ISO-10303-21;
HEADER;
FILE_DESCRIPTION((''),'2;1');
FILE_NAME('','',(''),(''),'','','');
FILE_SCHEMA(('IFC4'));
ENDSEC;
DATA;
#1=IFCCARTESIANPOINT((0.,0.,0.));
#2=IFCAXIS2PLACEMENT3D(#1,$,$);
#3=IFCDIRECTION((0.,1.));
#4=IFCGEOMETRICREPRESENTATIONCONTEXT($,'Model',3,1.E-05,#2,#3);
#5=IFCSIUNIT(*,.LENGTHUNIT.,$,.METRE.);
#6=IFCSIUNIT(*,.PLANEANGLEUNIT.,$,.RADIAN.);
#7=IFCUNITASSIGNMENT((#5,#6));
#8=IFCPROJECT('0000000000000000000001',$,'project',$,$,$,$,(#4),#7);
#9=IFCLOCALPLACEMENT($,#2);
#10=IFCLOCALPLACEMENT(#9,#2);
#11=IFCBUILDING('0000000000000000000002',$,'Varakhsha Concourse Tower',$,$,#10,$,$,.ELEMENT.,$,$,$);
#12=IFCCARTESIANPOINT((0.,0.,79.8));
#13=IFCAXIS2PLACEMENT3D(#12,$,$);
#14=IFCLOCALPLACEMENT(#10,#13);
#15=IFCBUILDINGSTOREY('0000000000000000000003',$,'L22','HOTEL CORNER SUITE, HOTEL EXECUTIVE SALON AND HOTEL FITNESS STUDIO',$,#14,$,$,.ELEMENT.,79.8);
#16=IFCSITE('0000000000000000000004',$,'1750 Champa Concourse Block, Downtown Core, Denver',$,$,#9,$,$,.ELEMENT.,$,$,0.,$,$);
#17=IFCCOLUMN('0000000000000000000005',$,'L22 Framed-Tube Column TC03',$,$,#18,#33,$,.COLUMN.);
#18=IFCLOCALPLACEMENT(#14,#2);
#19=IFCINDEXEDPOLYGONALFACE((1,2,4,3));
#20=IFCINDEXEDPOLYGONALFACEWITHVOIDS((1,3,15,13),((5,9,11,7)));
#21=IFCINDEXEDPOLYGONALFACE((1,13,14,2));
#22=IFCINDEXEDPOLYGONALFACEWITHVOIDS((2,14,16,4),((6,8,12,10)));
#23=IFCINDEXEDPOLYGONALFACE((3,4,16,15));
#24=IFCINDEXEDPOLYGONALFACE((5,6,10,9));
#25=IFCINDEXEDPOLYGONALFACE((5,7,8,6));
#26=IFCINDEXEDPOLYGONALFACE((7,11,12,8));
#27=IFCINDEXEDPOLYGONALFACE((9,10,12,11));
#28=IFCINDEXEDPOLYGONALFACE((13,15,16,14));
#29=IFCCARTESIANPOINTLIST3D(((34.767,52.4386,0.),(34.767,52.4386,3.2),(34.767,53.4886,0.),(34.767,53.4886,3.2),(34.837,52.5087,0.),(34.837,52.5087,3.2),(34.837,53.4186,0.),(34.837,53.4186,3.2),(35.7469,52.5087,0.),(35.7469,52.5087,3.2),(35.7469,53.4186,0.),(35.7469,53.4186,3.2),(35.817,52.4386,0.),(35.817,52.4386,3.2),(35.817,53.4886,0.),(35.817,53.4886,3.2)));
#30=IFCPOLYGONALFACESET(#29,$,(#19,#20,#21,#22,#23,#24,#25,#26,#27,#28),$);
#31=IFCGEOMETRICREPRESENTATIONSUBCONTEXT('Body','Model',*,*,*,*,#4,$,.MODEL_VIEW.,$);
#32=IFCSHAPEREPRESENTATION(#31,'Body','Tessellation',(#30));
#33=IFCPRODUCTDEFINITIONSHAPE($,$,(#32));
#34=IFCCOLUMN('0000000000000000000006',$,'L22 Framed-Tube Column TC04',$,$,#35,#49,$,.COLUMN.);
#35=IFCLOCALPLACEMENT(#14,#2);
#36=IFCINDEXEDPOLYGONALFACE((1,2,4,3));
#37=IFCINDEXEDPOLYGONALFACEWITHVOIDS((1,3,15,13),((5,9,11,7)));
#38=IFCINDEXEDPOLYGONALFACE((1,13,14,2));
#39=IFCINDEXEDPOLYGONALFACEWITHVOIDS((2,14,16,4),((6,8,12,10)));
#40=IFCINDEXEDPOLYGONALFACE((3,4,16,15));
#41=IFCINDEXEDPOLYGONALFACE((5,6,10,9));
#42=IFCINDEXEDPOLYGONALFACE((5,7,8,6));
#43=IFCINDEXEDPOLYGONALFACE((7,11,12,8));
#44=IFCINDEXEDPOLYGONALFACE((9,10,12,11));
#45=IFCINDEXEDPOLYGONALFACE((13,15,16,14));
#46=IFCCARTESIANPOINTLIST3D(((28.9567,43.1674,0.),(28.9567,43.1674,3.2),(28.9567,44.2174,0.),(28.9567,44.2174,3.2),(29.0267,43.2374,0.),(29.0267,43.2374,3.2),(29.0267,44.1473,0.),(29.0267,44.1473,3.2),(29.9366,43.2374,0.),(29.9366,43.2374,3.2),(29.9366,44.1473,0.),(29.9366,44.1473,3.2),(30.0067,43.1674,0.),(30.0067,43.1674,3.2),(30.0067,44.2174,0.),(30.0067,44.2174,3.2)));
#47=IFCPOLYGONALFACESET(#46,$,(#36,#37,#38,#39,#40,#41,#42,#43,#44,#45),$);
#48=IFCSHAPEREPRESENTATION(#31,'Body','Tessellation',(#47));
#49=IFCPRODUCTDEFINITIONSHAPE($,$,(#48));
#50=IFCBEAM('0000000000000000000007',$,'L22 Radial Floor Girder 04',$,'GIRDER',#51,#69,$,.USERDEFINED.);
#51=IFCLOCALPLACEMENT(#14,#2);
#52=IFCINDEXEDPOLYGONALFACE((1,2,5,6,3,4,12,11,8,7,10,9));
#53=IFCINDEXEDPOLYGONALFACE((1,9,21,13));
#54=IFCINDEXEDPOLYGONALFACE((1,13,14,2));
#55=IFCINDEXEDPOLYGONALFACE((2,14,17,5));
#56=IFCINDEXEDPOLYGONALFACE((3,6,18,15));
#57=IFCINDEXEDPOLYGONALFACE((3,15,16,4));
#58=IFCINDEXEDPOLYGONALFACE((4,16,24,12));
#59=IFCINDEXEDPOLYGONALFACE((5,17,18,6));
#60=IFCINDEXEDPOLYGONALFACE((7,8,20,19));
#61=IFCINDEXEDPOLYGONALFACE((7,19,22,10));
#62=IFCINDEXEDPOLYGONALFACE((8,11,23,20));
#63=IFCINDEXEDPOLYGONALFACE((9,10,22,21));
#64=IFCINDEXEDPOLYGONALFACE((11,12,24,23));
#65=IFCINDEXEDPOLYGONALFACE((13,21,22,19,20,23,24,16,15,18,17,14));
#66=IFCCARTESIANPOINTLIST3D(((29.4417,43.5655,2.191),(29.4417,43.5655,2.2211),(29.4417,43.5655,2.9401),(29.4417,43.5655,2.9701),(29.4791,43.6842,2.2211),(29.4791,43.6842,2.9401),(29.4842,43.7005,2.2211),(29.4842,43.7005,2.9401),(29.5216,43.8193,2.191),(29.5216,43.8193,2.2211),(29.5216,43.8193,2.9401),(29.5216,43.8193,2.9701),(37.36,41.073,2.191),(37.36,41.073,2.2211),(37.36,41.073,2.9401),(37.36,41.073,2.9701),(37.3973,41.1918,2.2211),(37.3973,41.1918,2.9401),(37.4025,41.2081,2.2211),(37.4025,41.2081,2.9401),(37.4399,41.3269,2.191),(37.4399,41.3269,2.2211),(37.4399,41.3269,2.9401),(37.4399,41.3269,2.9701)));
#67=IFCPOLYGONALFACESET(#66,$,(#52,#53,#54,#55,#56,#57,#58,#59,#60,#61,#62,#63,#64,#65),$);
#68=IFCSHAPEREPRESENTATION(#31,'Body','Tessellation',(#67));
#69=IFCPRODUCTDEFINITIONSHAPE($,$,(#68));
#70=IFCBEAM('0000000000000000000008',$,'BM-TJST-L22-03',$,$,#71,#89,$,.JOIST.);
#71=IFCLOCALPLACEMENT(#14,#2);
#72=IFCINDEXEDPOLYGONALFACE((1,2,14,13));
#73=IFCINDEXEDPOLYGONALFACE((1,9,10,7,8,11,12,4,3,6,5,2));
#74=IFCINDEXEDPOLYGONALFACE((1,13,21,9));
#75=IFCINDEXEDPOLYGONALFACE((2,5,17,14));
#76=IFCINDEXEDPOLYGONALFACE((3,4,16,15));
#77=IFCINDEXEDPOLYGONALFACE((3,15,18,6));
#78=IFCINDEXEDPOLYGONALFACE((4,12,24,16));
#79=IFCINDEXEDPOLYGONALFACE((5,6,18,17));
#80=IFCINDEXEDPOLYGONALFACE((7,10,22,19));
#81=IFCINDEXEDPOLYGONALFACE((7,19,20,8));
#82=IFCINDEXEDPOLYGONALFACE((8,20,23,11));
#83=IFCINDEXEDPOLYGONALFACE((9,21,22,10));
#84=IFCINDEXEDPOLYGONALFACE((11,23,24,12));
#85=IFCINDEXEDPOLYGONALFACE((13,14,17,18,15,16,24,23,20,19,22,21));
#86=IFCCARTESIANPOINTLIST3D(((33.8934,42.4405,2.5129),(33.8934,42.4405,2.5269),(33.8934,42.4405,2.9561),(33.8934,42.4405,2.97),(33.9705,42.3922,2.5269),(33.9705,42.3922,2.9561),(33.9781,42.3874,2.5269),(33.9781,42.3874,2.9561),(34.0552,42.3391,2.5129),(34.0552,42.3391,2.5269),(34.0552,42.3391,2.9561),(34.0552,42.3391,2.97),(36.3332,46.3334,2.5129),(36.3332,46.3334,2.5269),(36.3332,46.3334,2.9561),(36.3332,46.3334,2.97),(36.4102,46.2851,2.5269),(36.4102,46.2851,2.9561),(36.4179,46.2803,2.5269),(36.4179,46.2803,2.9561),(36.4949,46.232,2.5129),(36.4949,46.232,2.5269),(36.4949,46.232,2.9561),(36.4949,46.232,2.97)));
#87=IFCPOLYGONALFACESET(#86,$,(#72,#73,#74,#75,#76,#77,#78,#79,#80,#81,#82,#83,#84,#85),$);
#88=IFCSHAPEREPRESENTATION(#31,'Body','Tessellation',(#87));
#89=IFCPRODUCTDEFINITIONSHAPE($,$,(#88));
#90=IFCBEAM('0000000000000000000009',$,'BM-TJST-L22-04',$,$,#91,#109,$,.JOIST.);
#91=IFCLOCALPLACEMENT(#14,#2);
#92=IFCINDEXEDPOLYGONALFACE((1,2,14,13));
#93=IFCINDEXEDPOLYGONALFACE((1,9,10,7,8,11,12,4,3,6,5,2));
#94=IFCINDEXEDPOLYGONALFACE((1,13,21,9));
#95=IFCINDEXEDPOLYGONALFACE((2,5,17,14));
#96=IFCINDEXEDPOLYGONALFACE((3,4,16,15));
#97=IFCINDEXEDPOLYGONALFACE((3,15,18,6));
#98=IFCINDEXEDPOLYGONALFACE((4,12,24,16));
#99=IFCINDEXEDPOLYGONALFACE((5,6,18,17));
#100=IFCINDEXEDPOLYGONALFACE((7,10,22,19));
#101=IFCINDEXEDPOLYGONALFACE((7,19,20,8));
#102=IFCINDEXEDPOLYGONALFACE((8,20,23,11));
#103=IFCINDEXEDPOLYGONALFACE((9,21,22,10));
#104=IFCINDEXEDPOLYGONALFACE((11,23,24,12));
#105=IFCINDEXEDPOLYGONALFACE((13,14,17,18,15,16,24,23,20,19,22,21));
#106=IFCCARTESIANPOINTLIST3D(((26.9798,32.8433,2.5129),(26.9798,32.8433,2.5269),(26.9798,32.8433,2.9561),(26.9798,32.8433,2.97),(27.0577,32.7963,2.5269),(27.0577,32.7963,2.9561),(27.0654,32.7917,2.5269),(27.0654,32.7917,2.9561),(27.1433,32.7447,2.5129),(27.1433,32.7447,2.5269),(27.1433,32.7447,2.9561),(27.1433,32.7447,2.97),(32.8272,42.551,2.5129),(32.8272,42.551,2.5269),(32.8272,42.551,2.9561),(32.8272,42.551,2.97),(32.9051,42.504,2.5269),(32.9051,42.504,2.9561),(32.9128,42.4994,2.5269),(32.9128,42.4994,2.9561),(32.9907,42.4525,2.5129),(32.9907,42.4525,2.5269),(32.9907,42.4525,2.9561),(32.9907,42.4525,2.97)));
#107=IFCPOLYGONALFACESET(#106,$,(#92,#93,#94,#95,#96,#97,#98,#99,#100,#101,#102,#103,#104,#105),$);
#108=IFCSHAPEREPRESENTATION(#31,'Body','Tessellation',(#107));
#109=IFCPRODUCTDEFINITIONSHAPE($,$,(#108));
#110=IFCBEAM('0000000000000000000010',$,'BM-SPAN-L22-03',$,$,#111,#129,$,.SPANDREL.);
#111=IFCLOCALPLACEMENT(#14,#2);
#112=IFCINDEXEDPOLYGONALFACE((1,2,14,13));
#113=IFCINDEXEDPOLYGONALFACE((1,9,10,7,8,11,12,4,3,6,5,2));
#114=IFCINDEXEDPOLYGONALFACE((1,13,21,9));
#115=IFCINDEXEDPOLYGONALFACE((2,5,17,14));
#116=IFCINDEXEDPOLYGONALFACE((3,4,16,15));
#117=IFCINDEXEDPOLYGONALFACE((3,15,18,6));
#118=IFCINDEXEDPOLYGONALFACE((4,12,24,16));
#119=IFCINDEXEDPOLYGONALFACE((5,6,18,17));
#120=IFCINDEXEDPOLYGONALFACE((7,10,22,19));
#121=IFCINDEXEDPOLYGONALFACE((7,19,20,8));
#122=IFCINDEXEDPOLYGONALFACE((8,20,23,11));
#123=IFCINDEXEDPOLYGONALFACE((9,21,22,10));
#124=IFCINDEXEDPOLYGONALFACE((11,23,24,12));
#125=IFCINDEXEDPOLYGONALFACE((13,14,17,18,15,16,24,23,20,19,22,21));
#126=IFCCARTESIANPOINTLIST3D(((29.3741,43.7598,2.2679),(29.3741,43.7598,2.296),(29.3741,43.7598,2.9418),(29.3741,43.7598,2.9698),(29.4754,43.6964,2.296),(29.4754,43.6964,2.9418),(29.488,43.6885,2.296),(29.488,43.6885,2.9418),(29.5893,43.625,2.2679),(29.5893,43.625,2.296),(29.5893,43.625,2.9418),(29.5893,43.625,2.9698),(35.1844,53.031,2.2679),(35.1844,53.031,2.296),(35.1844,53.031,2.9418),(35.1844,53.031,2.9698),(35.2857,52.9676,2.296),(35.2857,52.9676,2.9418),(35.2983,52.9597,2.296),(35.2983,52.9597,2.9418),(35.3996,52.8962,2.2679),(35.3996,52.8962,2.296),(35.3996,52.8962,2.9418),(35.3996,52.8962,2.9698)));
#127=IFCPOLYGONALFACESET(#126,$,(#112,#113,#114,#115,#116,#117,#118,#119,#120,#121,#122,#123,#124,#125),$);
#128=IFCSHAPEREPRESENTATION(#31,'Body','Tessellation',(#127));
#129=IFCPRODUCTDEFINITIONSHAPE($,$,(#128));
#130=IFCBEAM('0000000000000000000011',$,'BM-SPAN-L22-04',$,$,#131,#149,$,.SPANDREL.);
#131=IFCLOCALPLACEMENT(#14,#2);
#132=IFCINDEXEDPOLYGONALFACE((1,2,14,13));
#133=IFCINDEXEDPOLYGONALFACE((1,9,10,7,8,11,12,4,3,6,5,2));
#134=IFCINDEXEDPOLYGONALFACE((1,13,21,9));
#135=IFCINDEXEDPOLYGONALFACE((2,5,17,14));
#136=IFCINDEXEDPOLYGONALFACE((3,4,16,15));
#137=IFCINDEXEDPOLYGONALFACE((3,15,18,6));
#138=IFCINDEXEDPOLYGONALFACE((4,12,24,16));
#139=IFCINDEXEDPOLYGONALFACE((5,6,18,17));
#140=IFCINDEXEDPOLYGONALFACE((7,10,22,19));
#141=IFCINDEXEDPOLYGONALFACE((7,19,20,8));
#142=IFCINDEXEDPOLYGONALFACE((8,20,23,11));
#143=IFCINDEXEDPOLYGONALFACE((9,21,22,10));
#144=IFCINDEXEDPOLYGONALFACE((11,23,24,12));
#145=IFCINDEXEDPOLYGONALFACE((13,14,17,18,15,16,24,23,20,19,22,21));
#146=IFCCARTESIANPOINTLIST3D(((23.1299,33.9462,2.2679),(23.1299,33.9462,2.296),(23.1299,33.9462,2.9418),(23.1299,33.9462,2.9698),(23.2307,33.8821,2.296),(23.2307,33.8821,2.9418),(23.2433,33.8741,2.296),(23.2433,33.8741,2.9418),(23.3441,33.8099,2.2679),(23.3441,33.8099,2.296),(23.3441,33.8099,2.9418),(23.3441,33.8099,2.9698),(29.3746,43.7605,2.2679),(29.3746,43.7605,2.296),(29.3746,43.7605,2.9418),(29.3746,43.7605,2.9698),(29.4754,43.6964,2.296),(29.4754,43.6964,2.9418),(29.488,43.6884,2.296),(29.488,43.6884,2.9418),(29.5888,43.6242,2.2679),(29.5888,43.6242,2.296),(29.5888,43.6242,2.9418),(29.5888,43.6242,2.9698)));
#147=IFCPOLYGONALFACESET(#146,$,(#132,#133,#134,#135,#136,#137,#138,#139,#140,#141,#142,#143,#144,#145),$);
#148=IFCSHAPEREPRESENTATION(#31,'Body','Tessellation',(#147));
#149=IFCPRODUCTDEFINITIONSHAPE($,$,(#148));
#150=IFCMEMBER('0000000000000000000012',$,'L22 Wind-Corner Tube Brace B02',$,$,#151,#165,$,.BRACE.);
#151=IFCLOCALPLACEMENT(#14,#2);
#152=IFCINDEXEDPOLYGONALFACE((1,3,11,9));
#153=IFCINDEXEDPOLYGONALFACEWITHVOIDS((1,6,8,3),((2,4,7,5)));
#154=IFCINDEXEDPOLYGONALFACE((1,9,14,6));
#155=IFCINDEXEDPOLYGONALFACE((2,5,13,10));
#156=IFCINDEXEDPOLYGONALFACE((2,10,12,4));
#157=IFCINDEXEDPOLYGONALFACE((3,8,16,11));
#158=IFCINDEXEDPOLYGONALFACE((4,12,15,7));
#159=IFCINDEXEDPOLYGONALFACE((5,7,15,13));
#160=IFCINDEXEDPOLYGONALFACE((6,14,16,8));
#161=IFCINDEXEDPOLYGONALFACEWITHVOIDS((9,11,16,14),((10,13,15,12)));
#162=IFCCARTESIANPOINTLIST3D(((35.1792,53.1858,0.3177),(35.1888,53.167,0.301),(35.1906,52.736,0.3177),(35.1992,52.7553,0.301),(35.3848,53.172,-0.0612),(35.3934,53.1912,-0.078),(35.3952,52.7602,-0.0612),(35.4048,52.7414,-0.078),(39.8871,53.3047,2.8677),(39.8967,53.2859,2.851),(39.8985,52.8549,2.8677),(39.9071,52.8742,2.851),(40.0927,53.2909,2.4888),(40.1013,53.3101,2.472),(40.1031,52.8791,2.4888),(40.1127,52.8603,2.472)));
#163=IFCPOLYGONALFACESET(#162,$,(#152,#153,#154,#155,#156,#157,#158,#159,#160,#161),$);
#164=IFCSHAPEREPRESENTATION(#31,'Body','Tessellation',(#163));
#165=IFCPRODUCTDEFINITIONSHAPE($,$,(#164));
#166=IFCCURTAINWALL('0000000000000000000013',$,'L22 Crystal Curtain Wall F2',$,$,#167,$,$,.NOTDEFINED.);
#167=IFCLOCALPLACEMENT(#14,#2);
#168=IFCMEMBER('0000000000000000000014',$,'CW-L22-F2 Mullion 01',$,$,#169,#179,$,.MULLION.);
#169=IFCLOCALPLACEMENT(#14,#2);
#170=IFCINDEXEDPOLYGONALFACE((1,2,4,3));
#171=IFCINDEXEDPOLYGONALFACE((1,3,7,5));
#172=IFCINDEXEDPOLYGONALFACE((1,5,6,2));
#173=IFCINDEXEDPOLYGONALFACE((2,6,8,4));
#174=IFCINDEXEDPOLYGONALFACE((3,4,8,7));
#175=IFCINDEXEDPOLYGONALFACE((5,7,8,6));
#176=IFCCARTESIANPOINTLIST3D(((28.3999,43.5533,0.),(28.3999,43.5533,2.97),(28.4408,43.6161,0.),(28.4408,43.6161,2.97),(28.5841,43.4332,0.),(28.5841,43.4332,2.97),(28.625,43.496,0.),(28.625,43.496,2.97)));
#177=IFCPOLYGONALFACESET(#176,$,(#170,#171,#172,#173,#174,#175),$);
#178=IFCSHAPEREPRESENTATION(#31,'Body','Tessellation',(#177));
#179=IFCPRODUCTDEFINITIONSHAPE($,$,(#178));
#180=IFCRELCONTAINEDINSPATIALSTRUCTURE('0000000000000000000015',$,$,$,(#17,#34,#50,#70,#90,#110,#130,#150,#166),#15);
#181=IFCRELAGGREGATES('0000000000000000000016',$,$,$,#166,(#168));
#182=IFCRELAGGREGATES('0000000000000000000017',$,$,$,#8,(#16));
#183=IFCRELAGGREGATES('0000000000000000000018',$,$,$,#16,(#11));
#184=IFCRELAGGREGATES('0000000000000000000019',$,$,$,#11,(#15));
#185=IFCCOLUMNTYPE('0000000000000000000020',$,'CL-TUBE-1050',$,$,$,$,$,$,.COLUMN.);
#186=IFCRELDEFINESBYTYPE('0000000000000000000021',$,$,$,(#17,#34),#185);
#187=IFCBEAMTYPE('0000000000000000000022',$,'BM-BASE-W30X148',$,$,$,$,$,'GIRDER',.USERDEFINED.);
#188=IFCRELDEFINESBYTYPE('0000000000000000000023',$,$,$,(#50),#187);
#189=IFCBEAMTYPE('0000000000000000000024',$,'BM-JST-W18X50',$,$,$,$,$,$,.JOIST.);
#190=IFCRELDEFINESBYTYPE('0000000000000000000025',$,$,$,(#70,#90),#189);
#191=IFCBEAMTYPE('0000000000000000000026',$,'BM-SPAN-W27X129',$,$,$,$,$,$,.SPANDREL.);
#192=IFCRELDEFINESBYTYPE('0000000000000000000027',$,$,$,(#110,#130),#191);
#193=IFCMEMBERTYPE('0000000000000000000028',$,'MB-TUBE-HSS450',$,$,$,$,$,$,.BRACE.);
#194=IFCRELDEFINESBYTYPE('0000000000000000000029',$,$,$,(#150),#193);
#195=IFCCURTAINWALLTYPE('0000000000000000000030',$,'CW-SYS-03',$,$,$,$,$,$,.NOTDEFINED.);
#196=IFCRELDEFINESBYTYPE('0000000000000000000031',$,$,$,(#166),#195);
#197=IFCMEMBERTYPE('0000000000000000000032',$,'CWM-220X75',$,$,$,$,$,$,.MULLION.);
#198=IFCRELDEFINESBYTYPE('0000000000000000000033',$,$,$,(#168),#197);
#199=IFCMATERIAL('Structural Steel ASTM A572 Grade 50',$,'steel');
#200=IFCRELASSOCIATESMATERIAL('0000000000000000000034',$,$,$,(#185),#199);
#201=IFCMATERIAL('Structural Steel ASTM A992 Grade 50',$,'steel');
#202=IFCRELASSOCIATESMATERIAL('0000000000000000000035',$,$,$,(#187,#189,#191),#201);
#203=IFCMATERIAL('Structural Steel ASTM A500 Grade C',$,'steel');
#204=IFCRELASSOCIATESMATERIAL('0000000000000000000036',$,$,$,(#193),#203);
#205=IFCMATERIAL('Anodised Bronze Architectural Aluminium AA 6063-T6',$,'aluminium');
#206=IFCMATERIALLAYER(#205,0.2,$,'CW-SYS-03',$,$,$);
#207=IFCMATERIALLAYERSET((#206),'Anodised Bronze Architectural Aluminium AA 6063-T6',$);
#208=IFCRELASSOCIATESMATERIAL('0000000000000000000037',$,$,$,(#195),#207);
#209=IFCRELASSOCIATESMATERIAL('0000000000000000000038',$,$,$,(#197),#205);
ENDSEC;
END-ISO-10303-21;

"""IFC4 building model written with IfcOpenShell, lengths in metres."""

from ifc_helpers import new_model, si_unit, direction, frame, origin, origin_2d, place, context, subcontext, project, spatial, rectangle, hollow_rectangle, i_section, extrude, source, transform, mapped, material, layer, layer_set, material_profile, profile_set, type_object, type_shapes, element, aggregate, save


model = new_model("IFC4")

# Units and contexts
model_context = context("Model", 3, precision=1e-05, world=origin(), true_north=direction((0.0, 1.0)))
body_context = subcontext(model_context, "Body", "Model", "MODEL_VIEW")
ifc_project = project(units=[si_unit("LENGTHUNIT", "METRE"), si_unit("PLANEANGLEUNIT", "RADIAN")], contexts=[model_context])

# Site, building, storey
site_placement = place(None, origin())
site = spatial("IfcSite", under=ifc_project, at=site_placement, Name="1750 Champa Concourse Block, Downtown Core, Denver", CompositionType="ELEMENT", RefElevation=0.0)
building_placement = place(site_placement, origin())
building = spatial("IfcBuilding", under=site, at=building_placement, Name="Varakhsha Concourse Tower", CompositionType="ELEMENT")
storey_placement = place(building_placement, frame((0.0, 0.0, 79.8)))
storey = spatial("IfcBuildingStorey", under=building, at=storey_placement, Name="L22", Description="HOTEL CORNER SUITE, HOTEL EXECUTIVE SALON AND HOTEL FITNESS STUDIO", CompositionType="ELEMENT", Elevation=79.8)

# Columns
ifc_material_1 = material(Name="Structural Steel ASTM A572 Grade 50", Category="steel")
ifc_material_profile_1 = material_profile(ifc_material_1, hollow_rectangle(XDim=1.05, YDim=1.05, WallThickness=0.0701, at=origin_2d()), Name="BOX 1050x1050x70")
ifc_profile_set_1 = profile_set([ifc_material_profile_1], Name="Structural Steel ASTM A572 Grade 50")
column_type = type_object("IfcColumnType", Name="CL-TUBE-1050", PredefinedType="COLUMN", material=ifc_profile_set_1)
for number, where, z_axis, x_axis, name in (
    (1, (35.292, 52.9636, 0.0), (0.0, 0.0, 1.0), (1.0, 0.0, 0.0), "L22 Framed-Tube Column TC03"),
    (2, (29.4817, 43.6924, 0.0), (0.0, 0.0, 1.0), (1.0, 0.0, 0.0), "L22 Framed-Tube Column TC04"),
):
    element("IfcColumn", number, at=place(storey_placement, frame(where, z_axis=z_axis, x_axis=x_axis)), inside=storey, type_object=column_type, Name=name, PredefinedType="COLUMN", context=body_context, shape_type="SweptSolid", body=[
        extrude(hollow_rectangle(XDim=1.05, YDim=1.05, WallThickness=0.0701, at=origin_2d()), origin(), (0.0, 0.0, 1.0), 3.2),
    ])

# Beams
ifc_material_2 = material(Name="Structural Steel ASTM A992 Grade 50", Category="steel")
ifc_material_profile_2 = material_profile(ifc_material_2, i_section(OverallWidth=0.2661, OverallDepth=0.7791, WebThickness=0.0171, FlangeThickness=0.03, at=origin_2d()), Name="W30X148")
ifc_profile_set_2 = profile_set([ifc_material_profile_2], Name="Structural Steel ASTM A992 Grade 50")
beam_type_1 = type_object("IfcBeamType", Name="BM-BASE-W30X148", ElementType="GIRDER", PredefinedType="USERDEFINED", material=ifc_profile_set_2)
beam_1_placement = place(storey_placement, frame((37.3999, 41.2, 2.5806), z_axis=(-0.953861, 0.300249, 0.0), x_axis=(-0.300249, -0.953861, 0.0)))
element("IfcBeam", 3, at=beam_1_placement, inside=storey, type_object=beam_type_1, Name="L22 Radial Floor Girder 04", ObjectType="GIRDER", PredefinedType="USERDEFINED", context=body_context, shape_type="SweptSolid", body=[
    extrude(i_section(OverallWidth=0.2661, OverallDepth=0.7791, WebThickness=0.0171, FlangeThickness=0.03, at=origin_2d()), origin(), (0.0, 0.0, 1.0), 8.3013),
])
ifc_material_profile_3 = material_profile(ifc_material_2, i_section(OverallWidth=0.1909, OverallDepth=0.457, WebThickness=0.009, FlangeThickness=0.0139, at=origin_2d()), Name="W18X50")
ifc_profile_set_3 = profile_set([ifc_material_profile_3], Name="Structural Steel ASTM A992 Grade 50")
beam_type_2 = type_object("IfcBeamType", Name="BM-JST-W18X50", PredefinedType="JOIST", material=ifc_profile_set_3)
beam_2_placement = place(storey_placement, frame((36.4141, 46.2827, 2.7415), z_axis=(-0.531045, -0.847344, 0.0), x_axis=(0.847344, -0.531045, 0.0)))
element("IfcBeam", 4, at=beam_2_placement, inside=storey, type_object=beam_type_2, Name="BM-TJST-L22-03", PredefinedType="JOIST", context=body_context, shape_type="SweptSolid", body=[
    extrude(i_section(OverallWidth=0.1909, OverallDepth=0.457, WebThickness=0.009, FlangeThickness=0.0139, at=origin_2d()), origin(), (0.0, 0.0, 1.0), 4.5942),
])
beam_3_placement = place(storey_placement, frame((32.9089, 42.5017, 2.7415), z_axis=(-0.515971, -0.856606, 0.0), x_axis=(0.856606, -0.515971, 0.0)))
element("IfcBeam", 5, at=beam_3_placement, inside=storey, type_object=beam_type_2, Name="BM-TJST-L22-04", PredefinedType="JOIST", context=body_context, shape_type="SweptSolid", body=[
    extrude(i_section(OverallWidth=0.1909, OverallDepth=0.457, WebThickness=0.009, FlangeThickness=0.0139, at=origin_2d()), origin(), (0.0, 0.0, 1.0), 11.3328),
])
ifc_material_profile_4 = material_profile(ifc_material_2, i_section(OverallWidth=0.2539, OverallDepth=0.7019, WebThickness=0.0149, FlangeThickness=0.0281, at=origin_2d()), Name="W27X129")
ifc_profile_set_4 = profile_set([ifc_material_profile_4], Name="Structural Steel ASTM A992 Grade 50")
beam_type_3 = type_object("IfcBeamType", Name="BM-SPAN-W27X129", PredefinedType="SPANDREL", material=ifc_profile_set_4)
beam_4_placement = place(storey_placement, frame((35.292, 52.9636, 2.6189), z_axis=(-0.531035, -0.84735, 0.0), x_axis=(0.84735, -0.531035, 0.0)))
element("IfcBeam", 6, at=beam_4_placement, inside=storey, type_object=beam_type_3, Name="BM-SPAN-L22-03", PredefinedType="SPANDREL", context=body_context, shape_type="SweptSolid", body=[
    extrude(i_section(OverallWidth=0.2539, OverallDepth=0.7019, WebThickness=0.0149, FlangeThickness=0.0281, at=origin_2d()), origin(), (0.0, 0.0, 1.0), 10.9414),
])
beam_5_placement = place(storey_placement, frame((29.4817, 43.6924, 2.6189), z_axis=(-0.536828, -0.843692, 0.0), x_axis=(0.843692, -0.536828, 0.0)))
element("IfcBeam", 7, at=beam_5_placement, inside=storey, type_object=beam_type_3, Name="BM-SPAN-L22-04", PredefinedType="SPANDREL", context=body_context, shape_type="SweptSolid", body=[
    extrude(i_section(OverallWidth=0.2539, OverallDepth=0.7019, WebThickness=0.0149, FlangeThickness=0.0281, at=origin_2d()), origin(), (0.0, 0.0, 1.0), 11.6326),
])

# Member
ifc_material_3 = material(Name="Structural Steel ASTM A500 Grade C", Category="steel")
ifc_material_profile_5 = material_profile(ifc_material_3, hollow_rectangle(XDim=0.45, YDim=0.45, WallThickness=0.019, at=origin_2d()), Name="HSS 450x450x19")
ifc_profile_set_5 = profile_set([ifc_material_profile_5], Name="Structural Steel ASTM A500 Grade C")
member_type_1 = type_object("IfcMemberType", Name="MB-TUBE-HSS450", PredefinedType="BRACE", material=ifc_profile_set_5)
shared_shape_1 = source(origin(), body_context, "Body", "SweptSolid", [
    extrude(hollow_rectangle(XDim=0.45, YDim=0.45, WallThickness=0.019, at=origin_2d()), origin(), (0.0, 0.0, 1.0), 5.3555),
])
type_shapes(member_type_1, [shared_shape_1])
member_1_placement = place(storey_placement, frame((35.292, 52.9636, 0.1199), z_axis=(0.879085, 0.0222, 0.476148), x_axis=(-0.025246, 0.999681, 0.0)))
element("IfcMember", 8, at=member_1_placement, inside=storey, type_object=member_type_1, Name="L22 Wind-Corner Tube Brace B02", PredefinedType="BRACE", context=body_context, shape_type="MappedRepresentation", body=[
    mapped(shared_shape_1, transform((0.0, 0.0, 0.0), scale=1.0)),
])

# Curtain wall, member
ifc_material_4 = material(Name="Anodised Bronze Architectural Aluminium AA 6063-T6", Category="aluminium")
ifc_layer_1 = layer(ifc_material_4, 0.2, Name="CW-SYS-03")
ifc_layer_set_1 = layer_set([ifc_layer_1], Name="Anodised Bronze Architectural Aluminium AA 6063-T6")
curtain_wall_type = type_object("IfcCurtainWallType", Name="CW-SYS-03", PredefinedType="NOTDEFINED", material=ifc_layer_set_1)
curtain_wall_placement = place(storey_placement, origin())
curtain_wall = element("IfcCurtainWall", 9, at=curtain_wall_placement, inside=storey, type_object=curtain_wall_type, Name="L22 Crystal Curtain Wall F2", PredefinedType="NOTDEFINED")
ifc_material_profile_6 = material_profile(ifc_material_4, rectangle(XDim=0.075, YDim=0.22, at=origin_2d()), Name="CWM-220X75")
ifc_profile_set_6 = profile_set([ifc_material_profile_6], Name="Anodised Bronze Architectural Aluminium AA 6063-T6")
member_type_2 = type_object("IfcMemberType", Name="CWM-220X75", PredefinedType="MULLION", material=ifc_profile_set_6)
shared_shape_2 = source(origin(), body_context, "Body", "SweptSolid", [
    extrude(rectangle(XDim=0.075, YDim=0.22, at=origin_2d()), origin(), (0.0, 0.0, 1.0), 2.97),
])
type_shapes(member_type_2, [shared_shape_2])
member_2_placement = place(storey_placement, frame((28.5125, 43.5247, 0.0), z_axis=(0.0, 0.0, 1.0), x_axis=(0.54625, 0.837622, 0.0)))
member_2 = element("IfcMember", 10, at=member_2_placement, type_object=member_type_2, Name="CW-L22-F2 Mullion 01", PredefinedType="MULLION", context=body_context, shape_type="MappedRepresentation", body=[
    mapped(shared_shape_2, transform((0.0, 0.0, 0.0), scale=1.0)),
])

aggregate(curtain_wall, [member_2])

save(model, "model.ifc")
